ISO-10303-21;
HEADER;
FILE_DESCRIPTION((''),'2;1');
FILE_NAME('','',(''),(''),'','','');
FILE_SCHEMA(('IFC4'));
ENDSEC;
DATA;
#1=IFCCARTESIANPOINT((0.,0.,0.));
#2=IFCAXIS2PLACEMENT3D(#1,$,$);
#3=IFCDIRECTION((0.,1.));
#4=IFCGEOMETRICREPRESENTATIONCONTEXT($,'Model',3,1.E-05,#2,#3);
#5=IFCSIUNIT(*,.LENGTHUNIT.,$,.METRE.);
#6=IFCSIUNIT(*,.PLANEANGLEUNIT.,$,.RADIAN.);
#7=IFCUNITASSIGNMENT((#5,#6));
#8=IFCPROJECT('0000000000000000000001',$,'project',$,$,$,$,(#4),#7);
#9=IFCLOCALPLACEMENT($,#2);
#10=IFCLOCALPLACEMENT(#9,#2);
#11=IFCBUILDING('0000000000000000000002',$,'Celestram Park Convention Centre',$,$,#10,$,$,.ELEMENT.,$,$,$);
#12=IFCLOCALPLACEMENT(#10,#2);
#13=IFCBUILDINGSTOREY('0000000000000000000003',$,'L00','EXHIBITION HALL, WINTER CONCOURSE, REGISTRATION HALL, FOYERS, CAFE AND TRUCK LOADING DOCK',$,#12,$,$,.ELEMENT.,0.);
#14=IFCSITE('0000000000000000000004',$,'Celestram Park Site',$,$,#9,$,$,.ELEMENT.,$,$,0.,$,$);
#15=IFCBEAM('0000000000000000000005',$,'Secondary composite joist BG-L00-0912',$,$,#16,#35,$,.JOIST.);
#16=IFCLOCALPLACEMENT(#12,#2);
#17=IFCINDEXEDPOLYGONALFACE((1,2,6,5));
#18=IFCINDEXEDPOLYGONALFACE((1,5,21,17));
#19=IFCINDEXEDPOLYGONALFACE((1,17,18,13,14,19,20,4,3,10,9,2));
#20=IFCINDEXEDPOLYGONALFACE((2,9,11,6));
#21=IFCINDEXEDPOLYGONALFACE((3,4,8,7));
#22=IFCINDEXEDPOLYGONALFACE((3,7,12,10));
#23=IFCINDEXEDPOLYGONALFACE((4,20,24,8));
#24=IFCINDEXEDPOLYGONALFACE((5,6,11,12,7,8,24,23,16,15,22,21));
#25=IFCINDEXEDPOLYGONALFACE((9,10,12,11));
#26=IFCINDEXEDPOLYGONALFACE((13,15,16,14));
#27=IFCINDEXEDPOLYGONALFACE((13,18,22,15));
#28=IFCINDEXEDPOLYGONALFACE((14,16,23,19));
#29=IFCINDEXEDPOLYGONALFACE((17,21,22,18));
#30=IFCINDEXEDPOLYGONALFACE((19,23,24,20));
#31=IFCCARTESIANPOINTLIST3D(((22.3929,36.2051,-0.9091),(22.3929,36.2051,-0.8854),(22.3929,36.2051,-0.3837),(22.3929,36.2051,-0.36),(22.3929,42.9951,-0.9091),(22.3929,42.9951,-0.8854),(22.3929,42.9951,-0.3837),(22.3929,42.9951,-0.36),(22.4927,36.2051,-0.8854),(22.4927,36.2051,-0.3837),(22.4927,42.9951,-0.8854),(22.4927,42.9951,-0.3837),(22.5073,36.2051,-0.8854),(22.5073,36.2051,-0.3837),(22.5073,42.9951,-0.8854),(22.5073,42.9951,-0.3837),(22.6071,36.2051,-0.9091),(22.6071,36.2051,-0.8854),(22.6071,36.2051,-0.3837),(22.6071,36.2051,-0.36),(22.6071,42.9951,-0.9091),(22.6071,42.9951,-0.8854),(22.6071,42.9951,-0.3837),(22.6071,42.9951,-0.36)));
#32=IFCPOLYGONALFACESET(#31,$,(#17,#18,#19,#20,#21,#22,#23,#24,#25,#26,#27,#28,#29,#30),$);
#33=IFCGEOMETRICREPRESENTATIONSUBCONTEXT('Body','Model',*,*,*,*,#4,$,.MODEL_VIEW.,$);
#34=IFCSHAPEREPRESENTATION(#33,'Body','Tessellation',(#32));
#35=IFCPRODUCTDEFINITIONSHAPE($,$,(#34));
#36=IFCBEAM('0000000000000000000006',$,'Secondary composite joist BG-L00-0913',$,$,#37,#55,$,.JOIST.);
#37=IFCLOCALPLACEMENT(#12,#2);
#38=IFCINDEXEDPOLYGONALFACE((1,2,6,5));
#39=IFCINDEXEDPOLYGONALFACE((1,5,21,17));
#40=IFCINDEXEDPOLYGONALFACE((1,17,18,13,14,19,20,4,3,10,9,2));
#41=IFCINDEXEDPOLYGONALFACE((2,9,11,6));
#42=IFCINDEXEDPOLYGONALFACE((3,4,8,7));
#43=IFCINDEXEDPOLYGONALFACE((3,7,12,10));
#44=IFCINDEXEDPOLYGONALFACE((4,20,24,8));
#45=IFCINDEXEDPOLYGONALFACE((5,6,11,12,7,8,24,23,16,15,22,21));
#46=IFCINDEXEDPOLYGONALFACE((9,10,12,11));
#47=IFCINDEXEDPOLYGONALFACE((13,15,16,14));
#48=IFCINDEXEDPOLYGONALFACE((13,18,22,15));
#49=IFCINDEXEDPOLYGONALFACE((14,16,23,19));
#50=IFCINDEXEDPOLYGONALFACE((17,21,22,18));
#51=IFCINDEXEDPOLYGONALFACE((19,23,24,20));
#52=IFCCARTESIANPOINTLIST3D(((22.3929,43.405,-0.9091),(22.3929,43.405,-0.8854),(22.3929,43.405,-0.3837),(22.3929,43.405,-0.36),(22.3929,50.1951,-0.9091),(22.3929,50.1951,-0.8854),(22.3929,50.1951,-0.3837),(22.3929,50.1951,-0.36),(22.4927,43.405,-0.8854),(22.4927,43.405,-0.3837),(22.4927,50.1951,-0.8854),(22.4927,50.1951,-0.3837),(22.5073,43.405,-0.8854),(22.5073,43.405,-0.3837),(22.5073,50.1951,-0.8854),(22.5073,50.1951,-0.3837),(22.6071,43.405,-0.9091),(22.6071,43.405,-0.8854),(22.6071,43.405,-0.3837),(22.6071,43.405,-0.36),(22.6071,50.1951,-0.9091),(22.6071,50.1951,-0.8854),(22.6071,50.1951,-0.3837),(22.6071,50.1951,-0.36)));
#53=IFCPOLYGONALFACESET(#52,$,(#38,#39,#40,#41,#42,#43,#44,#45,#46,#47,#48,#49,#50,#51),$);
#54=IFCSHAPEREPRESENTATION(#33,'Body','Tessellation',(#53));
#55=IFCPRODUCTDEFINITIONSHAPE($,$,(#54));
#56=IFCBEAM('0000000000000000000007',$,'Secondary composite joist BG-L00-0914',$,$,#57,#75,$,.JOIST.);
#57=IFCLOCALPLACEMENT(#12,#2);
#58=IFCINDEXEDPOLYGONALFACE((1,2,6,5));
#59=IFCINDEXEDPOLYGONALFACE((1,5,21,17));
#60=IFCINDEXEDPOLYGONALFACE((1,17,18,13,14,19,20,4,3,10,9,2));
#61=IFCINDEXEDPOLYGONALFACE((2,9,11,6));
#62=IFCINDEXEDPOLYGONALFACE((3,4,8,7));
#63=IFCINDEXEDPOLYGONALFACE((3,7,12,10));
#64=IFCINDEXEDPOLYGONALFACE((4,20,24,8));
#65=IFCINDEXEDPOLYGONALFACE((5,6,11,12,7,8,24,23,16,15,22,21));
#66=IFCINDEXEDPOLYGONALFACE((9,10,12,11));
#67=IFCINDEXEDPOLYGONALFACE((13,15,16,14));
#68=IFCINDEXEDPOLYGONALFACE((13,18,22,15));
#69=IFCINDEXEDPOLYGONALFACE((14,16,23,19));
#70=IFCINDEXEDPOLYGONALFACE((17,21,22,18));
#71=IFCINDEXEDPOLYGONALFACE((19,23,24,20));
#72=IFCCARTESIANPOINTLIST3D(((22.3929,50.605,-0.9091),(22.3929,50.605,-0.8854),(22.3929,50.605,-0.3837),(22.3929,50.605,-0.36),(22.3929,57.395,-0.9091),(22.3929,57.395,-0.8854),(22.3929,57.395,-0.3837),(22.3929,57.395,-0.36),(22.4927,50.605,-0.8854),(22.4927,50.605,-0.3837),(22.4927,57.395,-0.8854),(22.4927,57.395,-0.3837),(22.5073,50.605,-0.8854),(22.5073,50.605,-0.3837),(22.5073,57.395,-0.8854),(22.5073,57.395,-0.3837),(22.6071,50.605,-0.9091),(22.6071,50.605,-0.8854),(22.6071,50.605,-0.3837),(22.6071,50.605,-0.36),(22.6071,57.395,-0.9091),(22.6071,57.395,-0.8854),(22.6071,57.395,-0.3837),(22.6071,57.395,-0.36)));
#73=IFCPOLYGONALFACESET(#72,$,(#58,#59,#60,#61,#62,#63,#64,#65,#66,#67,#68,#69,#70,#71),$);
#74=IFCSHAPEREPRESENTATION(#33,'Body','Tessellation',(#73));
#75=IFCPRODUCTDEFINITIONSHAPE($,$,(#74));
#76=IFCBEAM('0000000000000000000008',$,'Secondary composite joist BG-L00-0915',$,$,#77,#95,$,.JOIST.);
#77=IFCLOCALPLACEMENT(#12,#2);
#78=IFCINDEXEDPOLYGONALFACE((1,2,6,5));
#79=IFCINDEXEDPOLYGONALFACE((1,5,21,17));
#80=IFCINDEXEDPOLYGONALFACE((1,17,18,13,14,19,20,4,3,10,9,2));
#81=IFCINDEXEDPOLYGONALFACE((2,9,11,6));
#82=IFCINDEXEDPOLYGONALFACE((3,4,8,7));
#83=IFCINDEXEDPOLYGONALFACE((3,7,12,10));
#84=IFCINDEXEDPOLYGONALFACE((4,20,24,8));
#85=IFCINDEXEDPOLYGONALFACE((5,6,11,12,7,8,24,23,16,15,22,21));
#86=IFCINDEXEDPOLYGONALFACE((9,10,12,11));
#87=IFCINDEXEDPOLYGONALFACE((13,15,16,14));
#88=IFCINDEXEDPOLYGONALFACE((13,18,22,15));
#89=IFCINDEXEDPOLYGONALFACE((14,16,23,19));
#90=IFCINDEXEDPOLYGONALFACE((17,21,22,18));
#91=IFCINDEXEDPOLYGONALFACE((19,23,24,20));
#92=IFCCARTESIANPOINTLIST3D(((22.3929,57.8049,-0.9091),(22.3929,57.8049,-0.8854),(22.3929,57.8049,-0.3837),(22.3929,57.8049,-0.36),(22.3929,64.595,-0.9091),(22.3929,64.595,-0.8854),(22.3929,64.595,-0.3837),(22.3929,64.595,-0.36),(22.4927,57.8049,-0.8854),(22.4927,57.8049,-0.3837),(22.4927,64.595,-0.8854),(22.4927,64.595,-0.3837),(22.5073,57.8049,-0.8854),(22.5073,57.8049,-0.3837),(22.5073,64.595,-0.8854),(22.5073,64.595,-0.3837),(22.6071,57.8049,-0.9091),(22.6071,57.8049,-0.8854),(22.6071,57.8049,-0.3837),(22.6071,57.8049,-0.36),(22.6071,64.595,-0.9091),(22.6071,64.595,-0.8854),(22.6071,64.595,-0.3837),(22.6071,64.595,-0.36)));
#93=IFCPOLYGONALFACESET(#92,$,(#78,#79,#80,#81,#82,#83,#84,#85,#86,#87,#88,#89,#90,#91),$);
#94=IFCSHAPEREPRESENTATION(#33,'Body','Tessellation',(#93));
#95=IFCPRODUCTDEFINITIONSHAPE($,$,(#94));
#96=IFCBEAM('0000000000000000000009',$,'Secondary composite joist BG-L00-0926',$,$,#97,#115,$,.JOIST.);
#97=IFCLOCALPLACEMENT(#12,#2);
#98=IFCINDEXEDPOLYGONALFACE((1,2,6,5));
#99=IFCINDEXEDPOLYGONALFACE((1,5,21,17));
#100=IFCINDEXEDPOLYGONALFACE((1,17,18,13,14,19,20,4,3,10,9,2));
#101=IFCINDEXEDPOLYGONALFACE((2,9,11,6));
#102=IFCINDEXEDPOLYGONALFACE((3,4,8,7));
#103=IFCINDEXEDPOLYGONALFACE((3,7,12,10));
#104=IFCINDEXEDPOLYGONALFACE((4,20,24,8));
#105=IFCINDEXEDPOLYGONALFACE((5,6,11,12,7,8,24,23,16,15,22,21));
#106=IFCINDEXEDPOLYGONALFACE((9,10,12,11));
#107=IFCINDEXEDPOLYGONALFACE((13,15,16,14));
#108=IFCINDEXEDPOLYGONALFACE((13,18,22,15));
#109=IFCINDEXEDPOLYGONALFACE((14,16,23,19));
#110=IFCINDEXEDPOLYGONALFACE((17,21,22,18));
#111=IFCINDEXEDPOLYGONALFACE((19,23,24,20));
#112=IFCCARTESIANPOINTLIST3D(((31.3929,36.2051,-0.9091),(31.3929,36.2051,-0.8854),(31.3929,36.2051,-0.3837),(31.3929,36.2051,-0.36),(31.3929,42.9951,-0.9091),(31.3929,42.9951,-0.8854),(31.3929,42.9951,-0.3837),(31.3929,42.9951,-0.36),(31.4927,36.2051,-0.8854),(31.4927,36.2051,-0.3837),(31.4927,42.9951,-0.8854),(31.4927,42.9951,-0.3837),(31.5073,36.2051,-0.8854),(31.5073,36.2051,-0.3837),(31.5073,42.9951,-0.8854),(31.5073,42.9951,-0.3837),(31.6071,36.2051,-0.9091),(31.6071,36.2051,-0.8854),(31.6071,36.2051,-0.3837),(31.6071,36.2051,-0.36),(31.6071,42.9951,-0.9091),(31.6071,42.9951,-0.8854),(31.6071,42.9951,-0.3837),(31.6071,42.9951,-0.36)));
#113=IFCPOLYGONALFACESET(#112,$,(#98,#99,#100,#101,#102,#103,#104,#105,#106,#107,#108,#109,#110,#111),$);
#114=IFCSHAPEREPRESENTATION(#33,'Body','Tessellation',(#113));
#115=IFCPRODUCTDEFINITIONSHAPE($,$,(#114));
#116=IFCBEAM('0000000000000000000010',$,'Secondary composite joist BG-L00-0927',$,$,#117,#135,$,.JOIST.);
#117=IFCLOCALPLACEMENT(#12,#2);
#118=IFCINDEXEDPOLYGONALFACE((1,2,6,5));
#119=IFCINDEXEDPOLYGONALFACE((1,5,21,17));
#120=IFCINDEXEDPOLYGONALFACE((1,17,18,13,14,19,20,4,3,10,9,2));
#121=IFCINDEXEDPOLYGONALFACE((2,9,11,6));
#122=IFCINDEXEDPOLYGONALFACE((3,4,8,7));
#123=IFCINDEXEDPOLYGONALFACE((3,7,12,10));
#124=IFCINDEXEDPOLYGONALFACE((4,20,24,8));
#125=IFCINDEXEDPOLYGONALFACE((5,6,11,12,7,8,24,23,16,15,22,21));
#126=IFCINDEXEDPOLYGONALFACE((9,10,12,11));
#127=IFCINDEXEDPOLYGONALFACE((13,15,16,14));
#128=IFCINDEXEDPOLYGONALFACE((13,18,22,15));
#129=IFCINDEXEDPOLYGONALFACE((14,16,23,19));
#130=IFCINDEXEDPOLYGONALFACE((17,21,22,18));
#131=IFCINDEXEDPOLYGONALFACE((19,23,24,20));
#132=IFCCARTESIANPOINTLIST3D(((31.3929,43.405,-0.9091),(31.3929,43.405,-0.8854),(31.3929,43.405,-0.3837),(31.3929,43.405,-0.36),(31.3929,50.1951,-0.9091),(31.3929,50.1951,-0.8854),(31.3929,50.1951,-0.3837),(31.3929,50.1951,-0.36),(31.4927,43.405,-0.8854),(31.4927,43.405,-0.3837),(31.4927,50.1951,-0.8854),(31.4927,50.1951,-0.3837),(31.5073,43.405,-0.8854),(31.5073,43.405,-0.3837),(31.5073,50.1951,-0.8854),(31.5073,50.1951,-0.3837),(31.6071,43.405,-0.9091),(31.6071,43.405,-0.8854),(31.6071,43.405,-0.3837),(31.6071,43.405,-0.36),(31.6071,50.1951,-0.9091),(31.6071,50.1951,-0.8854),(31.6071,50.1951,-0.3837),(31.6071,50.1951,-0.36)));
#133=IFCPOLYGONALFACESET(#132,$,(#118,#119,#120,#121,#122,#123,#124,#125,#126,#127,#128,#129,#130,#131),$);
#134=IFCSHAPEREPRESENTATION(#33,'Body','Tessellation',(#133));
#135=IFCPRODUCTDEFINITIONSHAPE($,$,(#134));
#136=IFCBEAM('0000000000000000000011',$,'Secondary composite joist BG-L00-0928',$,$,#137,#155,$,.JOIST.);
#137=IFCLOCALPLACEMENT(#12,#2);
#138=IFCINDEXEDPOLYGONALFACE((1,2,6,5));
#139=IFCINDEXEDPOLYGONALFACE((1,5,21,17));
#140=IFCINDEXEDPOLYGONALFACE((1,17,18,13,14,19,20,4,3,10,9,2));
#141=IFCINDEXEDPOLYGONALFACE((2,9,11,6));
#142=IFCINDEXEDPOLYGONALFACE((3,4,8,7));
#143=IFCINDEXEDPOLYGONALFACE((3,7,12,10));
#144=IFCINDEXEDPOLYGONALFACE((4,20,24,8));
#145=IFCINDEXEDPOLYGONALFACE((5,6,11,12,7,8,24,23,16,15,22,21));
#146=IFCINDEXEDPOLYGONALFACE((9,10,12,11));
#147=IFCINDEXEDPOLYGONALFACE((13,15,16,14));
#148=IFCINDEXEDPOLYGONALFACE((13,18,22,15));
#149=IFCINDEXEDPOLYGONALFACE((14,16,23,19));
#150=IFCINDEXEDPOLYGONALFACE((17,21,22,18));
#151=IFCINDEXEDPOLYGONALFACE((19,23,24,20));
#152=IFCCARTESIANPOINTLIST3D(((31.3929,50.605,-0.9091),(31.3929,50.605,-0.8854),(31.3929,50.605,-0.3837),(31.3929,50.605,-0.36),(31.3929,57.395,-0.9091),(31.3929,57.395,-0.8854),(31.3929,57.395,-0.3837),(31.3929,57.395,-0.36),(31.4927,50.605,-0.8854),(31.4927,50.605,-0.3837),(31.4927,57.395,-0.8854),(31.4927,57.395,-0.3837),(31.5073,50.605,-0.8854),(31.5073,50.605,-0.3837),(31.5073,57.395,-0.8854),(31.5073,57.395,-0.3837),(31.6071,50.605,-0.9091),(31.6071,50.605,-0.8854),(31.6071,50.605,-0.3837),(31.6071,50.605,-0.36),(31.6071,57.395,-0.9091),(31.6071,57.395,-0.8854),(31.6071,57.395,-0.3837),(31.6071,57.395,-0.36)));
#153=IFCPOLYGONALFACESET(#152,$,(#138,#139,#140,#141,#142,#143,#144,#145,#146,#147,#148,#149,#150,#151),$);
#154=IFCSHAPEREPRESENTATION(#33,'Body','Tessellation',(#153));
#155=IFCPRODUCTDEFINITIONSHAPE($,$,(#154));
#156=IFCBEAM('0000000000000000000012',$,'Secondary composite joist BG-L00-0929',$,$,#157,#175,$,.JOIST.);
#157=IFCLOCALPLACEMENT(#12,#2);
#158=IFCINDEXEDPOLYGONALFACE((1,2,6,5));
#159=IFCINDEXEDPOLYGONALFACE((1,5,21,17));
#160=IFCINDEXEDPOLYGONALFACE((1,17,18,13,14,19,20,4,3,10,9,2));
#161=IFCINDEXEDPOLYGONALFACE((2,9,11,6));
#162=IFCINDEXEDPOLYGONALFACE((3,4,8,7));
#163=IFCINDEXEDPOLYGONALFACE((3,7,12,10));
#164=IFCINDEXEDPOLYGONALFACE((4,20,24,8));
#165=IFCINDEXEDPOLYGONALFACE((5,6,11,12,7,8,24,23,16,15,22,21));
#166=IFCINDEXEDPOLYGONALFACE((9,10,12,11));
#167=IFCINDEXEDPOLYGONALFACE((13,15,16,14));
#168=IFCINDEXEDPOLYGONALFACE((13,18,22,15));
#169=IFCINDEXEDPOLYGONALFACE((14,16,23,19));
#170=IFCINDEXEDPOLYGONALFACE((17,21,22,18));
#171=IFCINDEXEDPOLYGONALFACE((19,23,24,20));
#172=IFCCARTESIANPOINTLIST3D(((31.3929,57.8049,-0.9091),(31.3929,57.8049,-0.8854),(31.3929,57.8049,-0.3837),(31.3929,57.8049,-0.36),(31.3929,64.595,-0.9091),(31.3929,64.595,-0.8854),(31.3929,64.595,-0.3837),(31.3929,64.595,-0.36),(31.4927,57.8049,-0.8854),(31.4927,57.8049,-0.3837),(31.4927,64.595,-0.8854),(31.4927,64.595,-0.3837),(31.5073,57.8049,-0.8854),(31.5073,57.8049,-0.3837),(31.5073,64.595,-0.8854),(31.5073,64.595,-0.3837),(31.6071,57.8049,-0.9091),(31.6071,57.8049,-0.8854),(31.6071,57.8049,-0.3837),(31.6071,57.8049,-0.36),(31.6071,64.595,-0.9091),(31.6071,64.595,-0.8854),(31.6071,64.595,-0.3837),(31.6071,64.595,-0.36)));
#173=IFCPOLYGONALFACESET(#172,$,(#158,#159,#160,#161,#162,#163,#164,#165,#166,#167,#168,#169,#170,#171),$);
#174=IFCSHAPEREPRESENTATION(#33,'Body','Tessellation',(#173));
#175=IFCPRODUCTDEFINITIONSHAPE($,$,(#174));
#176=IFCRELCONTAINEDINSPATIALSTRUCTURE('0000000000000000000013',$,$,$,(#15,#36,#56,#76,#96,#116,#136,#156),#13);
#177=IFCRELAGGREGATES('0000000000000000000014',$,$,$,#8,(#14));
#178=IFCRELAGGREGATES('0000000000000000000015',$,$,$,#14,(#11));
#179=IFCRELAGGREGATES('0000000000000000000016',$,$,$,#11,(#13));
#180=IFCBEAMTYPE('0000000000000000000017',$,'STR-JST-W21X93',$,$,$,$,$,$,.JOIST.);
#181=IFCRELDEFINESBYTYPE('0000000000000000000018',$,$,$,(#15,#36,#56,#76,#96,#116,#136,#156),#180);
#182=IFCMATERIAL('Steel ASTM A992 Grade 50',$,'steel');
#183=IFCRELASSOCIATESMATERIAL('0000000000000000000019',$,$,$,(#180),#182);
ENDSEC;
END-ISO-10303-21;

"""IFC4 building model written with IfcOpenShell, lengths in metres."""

from ifc_helpers import new_model, si_unit, direction, frame, origin, origin_2d, place, context, subcontext, project, spatial, i_section, extrude, material, material_profile, profile_set, type_object, element, save


model = new_model("IFC4")

# Units and contexts
model_context = context("Model", 3, precision=1e-05, world=origin(), true_north=direction((0.0, 1.0)))
body_context = subcontext(model_context, "Body", "Model", "MODEL_VIEW")
ifc_project = project(units=[si_unit("LENGTHUNIT", "METRE"), si_unit("PLANEANGLEUNIT", "RADIAN")], contexts=[model_context])

# Site, building, storey
site_placement = place(None, origin())
site = spatial("IfcSite", under=ifc_project, at=site_placement, Name="Celestram Park Site", CompositionType="ELEMENT", RefElevation=0.0)
building_placement = place(site_placement, origin())
building = spatial("IfcBuilding", under=site, at=building_placement, Name="Celestram Park Convention Centre", CompositionType="ELEMENT")
storey_placement = place(building_placement, origin())
storey = spatial("IfcBuildingStorey", under=building, at=storey_placement, Name="L00", Description="EXHIBITION HALL, WINTER CONCOURSE, REGISTRATION HALL, FOYERS, CAFE AND TRUCK LOADING DOCK", CompositionType="ELEMENT", Elevation=0.0)

# Beams
ifc_material = material(Name="Steel ASTM A992 Grade 50", Category="steel")
ifc_material_profile_1 = material_profile(ifc_material, i_section(OverallWidth=0.2141, OverallDepth=0.5491, WebThickness=0.0146, FlangeThickness=0.0237, at=origin_2d()), Name="W21X93")
ifc_profile_set_1 = profile_set([ifc_material_profile_1], Name="Steel ASTM A992 Grade 50")
beam_type_1 = type_object("IfcBeamType", Name="STR-JST-W21X93", PredefinedType="JOIST", material=ifc_profile_set_1)
for number, where, z_axis, x_axis, name in (
    (1, (22.5, 36.2051, -0.6345), (0.0, 1.0, 0.0), (-1.0, 0.0, 0.0), "Secondary composite joist BG-L00-0912"),
    (2, (22.5, 43.405, -0.6345), (0.0, 1.0, 0.0), (-1.0, 0.0, 0.0), "Secondary composite joist BG-L00-0913"),
    (3, (22.5, 50.605, -0.6345), (0.0, 1.0, 0.0), (-1.0, 0.0, 0.0), "Secondary composite joist BG-L00-0914"),
    (4, (22.5, 57.8049, -0.6345), (0.0, 1.0, 0.0), (-1.0, 0.0, 0.0), "Secondary composite joist BG-L00-0915"),
    (5, (31.5, 36.2051, -0.6345), (0.0, 1.0, 0.0), (-1.0, 0.0, 0.0), "Secondary composite joist BG-L00-0926"),
    (6, (31.5, 43.405, -0.6345), (0.0, 1.0, 0.0), (-1.0, 0.0, 0.0), "Secondary composite joist BG-L00-0927"),
    (7, (31.5, 50.605, -0.6345), (0.0, 1.0, 0.0), (-1.0, 0.0, 0.0), "Secondary composite joist BG-L00-0928"),
    (8, (31.5, 57.8049, -0.6345), (0.0, 1.0, 0.0), (-1.0, 0.0, 0.0), "Secondary composite joist BG-L00-0929"),
):
    element("IfcBeam", number, at=place(storey_placement, frame(where, z_axis=z_axis, x_axis=x_axis)), inside=storey, type_object=beam_type_1, Name=name, PredefinedType="JOIST", context=body_context, shape_type="SweptSolid", body=[
        extrude(i_section(OverallWidth=0.2141, OverallDepth=0.5491, WebThickness=0.0146, FlangeThickness=0.0237, at=origin_2d()), origin(), (0.0, 0.0, 1.0), 6.79),
    ])

save(model, "model.ifc")
